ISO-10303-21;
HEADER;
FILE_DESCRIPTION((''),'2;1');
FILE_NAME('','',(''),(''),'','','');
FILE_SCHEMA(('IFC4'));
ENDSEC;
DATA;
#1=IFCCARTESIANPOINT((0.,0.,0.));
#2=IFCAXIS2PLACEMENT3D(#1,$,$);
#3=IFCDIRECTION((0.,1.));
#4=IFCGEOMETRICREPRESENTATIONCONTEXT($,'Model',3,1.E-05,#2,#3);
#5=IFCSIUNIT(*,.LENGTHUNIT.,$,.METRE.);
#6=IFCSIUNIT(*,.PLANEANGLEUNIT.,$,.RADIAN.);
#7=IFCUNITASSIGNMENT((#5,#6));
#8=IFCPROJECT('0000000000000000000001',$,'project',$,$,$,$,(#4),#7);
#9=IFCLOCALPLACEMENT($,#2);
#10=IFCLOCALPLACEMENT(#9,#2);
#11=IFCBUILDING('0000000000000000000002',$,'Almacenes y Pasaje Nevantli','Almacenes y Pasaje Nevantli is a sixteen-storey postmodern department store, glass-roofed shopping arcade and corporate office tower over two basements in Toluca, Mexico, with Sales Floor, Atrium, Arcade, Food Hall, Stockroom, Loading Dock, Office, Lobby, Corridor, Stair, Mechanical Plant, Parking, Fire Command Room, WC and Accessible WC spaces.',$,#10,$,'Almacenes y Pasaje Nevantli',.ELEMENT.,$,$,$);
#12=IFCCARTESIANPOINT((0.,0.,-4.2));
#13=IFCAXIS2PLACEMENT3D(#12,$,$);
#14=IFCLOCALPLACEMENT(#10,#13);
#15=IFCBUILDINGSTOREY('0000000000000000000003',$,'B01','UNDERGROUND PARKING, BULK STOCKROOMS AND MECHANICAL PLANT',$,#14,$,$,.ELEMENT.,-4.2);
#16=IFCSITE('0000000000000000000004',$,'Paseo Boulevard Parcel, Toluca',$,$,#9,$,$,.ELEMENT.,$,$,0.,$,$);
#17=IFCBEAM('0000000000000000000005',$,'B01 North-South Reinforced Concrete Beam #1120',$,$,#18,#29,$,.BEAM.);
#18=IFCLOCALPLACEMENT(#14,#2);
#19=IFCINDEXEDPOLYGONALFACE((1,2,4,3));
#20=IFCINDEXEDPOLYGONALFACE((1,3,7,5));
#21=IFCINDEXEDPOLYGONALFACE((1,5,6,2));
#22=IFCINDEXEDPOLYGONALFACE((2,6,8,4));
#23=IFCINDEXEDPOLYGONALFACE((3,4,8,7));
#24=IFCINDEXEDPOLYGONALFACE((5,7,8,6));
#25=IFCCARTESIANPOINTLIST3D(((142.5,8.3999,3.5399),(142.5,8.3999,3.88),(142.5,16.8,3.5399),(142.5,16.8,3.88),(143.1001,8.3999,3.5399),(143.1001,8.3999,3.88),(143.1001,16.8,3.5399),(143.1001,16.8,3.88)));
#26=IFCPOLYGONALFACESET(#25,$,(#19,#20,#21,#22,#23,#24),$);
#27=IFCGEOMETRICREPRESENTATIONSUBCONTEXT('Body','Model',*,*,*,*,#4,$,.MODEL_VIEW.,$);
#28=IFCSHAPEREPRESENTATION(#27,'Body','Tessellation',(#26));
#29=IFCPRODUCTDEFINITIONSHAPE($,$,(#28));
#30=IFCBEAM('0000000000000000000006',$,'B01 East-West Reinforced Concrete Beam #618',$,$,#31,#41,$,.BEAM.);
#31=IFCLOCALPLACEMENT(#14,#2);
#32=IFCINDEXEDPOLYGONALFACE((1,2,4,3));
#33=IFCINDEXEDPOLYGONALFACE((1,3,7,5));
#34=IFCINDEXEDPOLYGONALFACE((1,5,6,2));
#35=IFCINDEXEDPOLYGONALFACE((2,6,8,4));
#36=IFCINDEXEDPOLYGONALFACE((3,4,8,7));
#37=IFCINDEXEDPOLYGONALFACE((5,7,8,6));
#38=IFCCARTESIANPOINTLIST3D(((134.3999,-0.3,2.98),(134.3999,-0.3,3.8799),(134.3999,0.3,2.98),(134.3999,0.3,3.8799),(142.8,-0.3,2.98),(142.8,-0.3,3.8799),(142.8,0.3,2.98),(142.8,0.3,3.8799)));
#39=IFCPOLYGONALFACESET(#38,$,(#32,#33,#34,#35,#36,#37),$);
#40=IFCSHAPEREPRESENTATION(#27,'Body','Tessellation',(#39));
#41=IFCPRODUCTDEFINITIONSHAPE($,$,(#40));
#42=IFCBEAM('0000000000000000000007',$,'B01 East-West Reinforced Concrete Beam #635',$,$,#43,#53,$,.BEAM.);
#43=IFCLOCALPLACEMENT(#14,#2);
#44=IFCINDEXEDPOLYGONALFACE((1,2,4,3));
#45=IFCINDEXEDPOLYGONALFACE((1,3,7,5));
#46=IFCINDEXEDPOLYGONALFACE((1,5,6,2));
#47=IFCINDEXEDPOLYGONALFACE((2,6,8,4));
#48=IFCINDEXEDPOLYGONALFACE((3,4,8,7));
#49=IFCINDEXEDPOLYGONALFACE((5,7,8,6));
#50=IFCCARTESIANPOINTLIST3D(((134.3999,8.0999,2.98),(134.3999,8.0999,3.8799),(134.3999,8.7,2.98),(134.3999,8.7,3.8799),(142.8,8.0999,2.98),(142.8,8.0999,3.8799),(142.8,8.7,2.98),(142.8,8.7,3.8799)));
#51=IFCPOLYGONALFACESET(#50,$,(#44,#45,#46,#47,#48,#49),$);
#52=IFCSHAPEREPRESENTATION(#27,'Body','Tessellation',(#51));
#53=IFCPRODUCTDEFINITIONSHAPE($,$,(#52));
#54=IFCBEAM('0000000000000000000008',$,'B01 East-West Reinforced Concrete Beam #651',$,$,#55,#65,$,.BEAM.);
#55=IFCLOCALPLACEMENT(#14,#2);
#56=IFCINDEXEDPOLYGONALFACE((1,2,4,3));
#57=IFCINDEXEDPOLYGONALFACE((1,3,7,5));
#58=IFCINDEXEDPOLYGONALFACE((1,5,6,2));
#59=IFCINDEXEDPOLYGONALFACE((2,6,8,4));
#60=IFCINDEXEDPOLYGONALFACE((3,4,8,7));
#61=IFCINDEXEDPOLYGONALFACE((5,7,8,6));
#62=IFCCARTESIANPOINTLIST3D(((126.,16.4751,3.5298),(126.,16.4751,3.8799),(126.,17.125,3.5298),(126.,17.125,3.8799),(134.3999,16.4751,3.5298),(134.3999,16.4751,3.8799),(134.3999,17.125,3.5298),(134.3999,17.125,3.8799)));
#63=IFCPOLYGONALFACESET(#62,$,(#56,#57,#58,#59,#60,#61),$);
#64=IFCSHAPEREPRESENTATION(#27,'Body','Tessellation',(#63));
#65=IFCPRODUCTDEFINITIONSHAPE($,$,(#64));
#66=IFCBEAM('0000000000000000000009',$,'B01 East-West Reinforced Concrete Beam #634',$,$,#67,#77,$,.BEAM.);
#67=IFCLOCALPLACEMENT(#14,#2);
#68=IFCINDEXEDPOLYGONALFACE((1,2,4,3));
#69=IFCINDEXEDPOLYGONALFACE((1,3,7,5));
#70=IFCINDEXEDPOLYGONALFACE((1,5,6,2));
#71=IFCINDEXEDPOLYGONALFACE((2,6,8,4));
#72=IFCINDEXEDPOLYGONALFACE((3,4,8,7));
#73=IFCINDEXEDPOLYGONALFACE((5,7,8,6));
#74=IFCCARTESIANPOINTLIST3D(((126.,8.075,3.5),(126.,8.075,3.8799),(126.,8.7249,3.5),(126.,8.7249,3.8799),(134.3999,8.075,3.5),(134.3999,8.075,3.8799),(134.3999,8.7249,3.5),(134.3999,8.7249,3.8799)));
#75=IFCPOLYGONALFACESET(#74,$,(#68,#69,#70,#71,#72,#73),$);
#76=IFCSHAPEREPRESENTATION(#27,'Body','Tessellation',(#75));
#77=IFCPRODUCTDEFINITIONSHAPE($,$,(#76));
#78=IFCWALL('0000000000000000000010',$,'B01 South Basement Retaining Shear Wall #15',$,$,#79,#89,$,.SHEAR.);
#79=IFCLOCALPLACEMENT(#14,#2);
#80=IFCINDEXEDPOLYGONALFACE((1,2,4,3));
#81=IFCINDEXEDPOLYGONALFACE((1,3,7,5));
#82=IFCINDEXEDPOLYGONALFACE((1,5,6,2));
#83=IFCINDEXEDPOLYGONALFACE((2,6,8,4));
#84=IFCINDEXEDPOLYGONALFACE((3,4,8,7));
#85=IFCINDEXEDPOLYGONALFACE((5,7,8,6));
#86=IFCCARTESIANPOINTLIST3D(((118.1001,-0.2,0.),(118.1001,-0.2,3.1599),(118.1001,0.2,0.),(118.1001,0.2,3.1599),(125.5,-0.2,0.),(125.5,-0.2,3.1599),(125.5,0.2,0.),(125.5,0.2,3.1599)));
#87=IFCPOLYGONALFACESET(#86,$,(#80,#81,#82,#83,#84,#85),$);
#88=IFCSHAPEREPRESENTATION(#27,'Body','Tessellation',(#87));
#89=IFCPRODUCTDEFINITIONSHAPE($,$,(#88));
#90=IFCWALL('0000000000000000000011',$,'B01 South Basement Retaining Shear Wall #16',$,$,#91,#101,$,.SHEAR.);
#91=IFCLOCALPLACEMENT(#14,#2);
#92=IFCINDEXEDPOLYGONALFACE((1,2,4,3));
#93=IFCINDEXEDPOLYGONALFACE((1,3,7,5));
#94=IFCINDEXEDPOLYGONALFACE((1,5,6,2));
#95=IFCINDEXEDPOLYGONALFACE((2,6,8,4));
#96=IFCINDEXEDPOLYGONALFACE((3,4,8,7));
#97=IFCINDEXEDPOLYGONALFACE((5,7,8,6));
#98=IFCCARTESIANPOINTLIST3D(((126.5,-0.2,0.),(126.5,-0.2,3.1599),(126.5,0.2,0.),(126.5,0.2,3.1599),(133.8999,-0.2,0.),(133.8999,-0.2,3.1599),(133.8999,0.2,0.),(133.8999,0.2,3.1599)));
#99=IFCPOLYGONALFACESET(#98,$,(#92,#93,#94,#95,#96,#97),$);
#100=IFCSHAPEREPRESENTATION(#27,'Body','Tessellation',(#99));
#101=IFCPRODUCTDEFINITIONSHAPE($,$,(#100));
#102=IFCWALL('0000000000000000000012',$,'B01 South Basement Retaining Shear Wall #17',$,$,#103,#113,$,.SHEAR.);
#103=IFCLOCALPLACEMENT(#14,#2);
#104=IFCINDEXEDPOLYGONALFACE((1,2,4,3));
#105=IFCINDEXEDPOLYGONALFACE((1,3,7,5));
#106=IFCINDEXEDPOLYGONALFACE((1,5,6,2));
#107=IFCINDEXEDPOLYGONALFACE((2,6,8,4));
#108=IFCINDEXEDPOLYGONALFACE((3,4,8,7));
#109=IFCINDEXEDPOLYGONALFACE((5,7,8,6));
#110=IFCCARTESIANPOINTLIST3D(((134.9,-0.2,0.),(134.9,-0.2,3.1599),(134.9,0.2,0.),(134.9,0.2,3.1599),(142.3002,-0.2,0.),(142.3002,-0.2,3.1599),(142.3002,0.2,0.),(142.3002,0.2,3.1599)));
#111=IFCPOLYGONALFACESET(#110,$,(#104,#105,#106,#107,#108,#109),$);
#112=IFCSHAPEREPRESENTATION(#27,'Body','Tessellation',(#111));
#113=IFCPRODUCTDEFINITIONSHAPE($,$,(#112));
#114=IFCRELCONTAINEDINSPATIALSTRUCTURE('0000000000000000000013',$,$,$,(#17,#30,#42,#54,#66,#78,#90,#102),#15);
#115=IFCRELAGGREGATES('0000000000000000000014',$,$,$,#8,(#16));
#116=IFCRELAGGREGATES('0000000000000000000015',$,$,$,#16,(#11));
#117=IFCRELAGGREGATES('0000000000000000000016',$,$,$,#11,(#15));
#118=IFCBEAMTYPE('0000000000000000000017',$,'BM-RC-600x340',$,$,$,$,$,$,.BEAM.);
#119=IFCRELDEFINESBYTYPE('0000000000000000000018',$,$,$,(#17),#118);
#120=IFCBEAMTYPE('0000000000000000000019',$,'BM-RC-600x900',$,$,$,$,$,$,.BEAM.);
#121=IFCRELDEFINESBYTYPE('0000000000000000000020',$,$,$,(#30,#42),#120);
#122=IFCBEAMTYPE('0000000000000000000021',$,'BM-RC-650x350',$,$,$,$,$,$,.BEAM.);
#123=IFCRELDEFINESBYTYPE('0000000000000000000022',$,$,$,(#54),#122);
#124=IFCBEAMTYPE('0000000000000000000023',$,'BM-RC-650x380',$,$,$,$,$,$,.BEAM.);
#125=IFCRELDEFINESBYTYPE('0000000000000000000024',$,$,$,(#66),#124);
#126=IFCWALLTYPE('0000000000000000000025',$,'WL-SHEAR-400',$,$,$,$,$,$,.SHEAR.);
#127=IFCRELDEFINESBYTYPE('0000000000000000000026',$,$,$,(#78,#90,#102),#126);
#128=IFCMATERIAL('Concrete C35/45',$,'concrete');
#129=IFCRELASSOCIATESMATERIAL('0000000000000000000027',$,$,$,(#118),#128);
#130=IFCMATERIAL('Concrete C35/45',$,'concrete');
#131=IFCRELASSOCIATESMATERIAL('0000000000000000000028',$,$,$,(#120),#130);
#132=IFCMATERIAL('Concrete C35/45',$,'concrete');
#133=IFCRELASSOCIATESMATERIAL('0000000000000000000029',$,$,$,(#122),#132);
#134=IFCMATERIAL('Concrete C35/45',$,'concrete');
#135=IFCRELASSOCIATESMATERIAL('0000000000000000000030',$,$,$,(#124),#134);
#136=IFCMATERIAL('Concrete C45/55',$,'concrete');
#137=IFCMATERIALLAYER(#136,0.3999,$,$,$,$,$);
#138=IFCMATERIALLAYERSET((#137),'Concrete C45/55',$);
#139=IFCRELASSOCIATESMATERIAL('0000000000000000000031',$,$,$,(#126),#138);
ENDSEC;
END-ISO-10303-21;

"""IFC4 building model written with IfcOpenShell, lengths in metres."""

from ifc_helpers import new_model, si_unit, direction, frame, frame_2d, origin, origin_2d, place, context, subcontext, project, spatial, rectangle, extrude, material, layer, layer_set, material_profile, profile_set, type_object, element, save


model = new_model("IFC4")

# Units and contexts
model_context = context("Model", 3, precision=1e-05, world=origin(), true_north=direction((0.0, 1.0)))
body_context = subcontext(model_context, "Body", "Model", "MODEL_VIEW")
ifc_project = project(units=[si_unit("LENGTHUNIT", "METRE"), si_unit("PLANEANGLEUNIT", "RADIAN")], contexts=[model_context])

# Site, building, storey
site_placement = place(None, origin())
site = spatial("IfcSite", under=ifc_project, at=site_placement, Name="Paseo Boulevard Parcel, Toluca", CompositionType="ELEMENT", RefElevation=0.0)
building_placement = place(site_placement, origin())
building = spatial("IfcBuilding", under=site, at=building_placement, Name="Almacenes y Pasaje Nevantli", Description="Almacenes y Pasaje Nevantli is a sixteen-storey postmodern department store, glass-roofed shopping arcade and corporate office tower over two basements in Toluca, Mexico, with Sales Floor, Atrium, Arcade, Food Hall, Stockroom, Loading Dock, Office, Lobby, Corridor, Stair, Mechanical Plant, Parking, Fire Command Room, WC and Accessible WC spaces.", LongName="Almacenes y Pasaje Nevantli", CompositionType="ELEMENT")
storey_placement = place(building_placement, frame((0.0, 0.0, -4.2)))
storey = spatial("IfcBuildingStorey", under=building, at=storey_placement, Name="B01", Description="UNDERGROUND PARKING, BULK STOCKROOMS AND MECHANICAL PLANT", CompositionType="ELEMENT", Elevation=-4.2)

# Beams
ifc_material_1 = material(Name="Concrete C35/45", Category="concrete")
ifc_material_profile_1 = material_profile(ifc_material_1, rectangle(XDim=0.6001, YDim=0.3401, at=origin_2d()), Name="RC-BM-600x340")
ifc_profile_set_1 = profile_set([ifc_material_profile_1], Name="Concrete C35/45")
beam_type_1 = type_object("IfcBeamType", Name="BM-RC-600x340", PredefinedType="BEAM", material=ifc_profile_set_1)
beam_1_placement = place(storey_placement, frame((142.8, 8.3999, 3.71), z_axis=(0.0, 1.0, 0.0), x_axis=(-1.0, 0.0, 0.0)))
element("IfcBeam", 1, at=beam_1_placement, inside=storey, type_object=beam_type_1, Name="B01 North-South Reinforced Concrete Beam #1120", PredefinedType="BEAM", context=body_context, shape_type="SweptSolid", body=[
    extrude(rectangle(XDim=0.6001, YDim=0.3401, at=origin_2d()), origin(), (0.0, 0.0, 1.0), 8.4001),
])
ifc_material_2 = material(Name="Concrete C35/45", Category="concrete")
ifc_material_profile_2 = material_profile(ifc_material_2, rectangle(XDim=0.6001, YDim=0.8999, at=origin_2d()), Name="RC-BM-600x900")
ifc_profile_set_2 = profile_set([ifc_material_profile_2], Name="Concrete C35/45")
beam_type_2 = type_object("IfcBeamType", Name="BM-RC-600x900", PredefinedType="BEAM", material=ifc_profile_set_2)
for number, where, z_axis, x_axis, name in (
    (2, (134.3999, 0.0, 3.4299), (1.0, 0.0, 0.0), (0.0, 1.0, 0.0), "B01 East-West Reinforced Concrete Beam #618"),
    (3, (134.3999, 8.3999, 3.4299), (1.0, 0.0, 0.0), (0.0, 1.0, 0.0), "B01 East-West Reinforced Concrete Beam #635"),
):
    element("IfcBeam", number, at=place(storey_placement, frame(where, z_axis=z_axis, x_axis=x_axis)), inside=storey, type_object=beam_type_2, Name=name, PredefinedType="BEAM", context=body_context, shape_type="SweptSolid", body=[
        extrude(rectangle(XDim=0.6001, YDim=0.8999, at=origin_2d()), origin(), (0.0, 0.0, 1.0), 8.4001),
    ])
ifc_material_3 = material(Name="Concrete C35/45", Category="concrete")
ifc_material_profile_3 = material_profile(ifc_material_3, rectangle(XDim=0.6499, YDim=0.3501, at=origin_2d()), Name="RC-BM-650x350")
ifc_profile_set_3 = profile_set([ifc_material_profile_3], Name="Concrete C35/45")
beam_type_3 = type_object("IfcBeamType", Name="BM-RC-650x350", PredefinedType="BEAM", material=ifc_profile_set_3)
beam_2_placement = place(storey_placement, frame((126.0, 16.8, 3.7048), z_axis=(1.0, 0.0, 0.0), x_axis=(0.0, 1.0, 0.0)))
element("IfcBeam", 4, at=beam_2_placement, inside=storey, type_object=beam_type_3, Name="B01 East-West Reinforced Concrete Beam #651", PredefinedType="BEAM", context=body_context, shape_type="SweptSolid", body=[
    extrude(rectangle(XDim=0.6499, YDim=0.3501, at=origin_2d()), origin(), (0.0, 0.0, 1.0), 8.3999),
])
ifc_material_4 = material(Name="Concrete C35/45", Category="concrete")
ifc_material_profile_4 = material_profile(ifc_material_4, rectangle(XDim=0.6499, YDim=0.3799, at=origin_2d()), Name="RC-BM-650x380")
ifc_profile_set_4 = profile_set([ifc_material_profile_4], Name="Concrete C35/45")
beam_type_4 = type_object("IfcBeamType", Name="BM-RC-650x380", PredefinedType="BEAM", material=ifc_profile_set_4)
beam_3_placement = place(storey_placement, frame((126.0, 8.3999, 3.6899), z_axis=(1.0, 0.0, 0.0), x_axis=(0.0, 1.0, 0.0)))
element("IfcBeam", 5, at=beam_3_placement, inside=storey, type_object=beam_type_4, Name="B01 East-West Reinforced Concrete Beam #634", PredefinedType="BEAM", context=body_context, shape_type="SweptSolid", body=[
    extrude(rectangle(XDim=0.6499, YDim=0.3799, at=origin_2d()), origin(), (0.0, 0.0, 1.0), 8.3999),
])

# Walls
ifc_material_5 = material(Name="Concrete C45/55", Category="concrete")
ifc_layer = layer(ifc_material_5, 0.3999)
ifc_layer_set = layer_set([ifc_layer], Name="Concrete C45/55")
wall_type = type_object("IfcWallType", Name="WL-SHEAR-400", PredefinedType="SHEAR", material=ifc_layer_set)
for number, where, z_axis, x_axis, name in (
    (6, (118.1001, 0.0, 0.0), (0.0, 0.0, 1.0), (1.0, 0.0, 0.0), "B01 South Basement Retaining Shear Wall #15"),
    (7, (126.5, 0.0, 0.0), (0.0, 0.0, 1.0), (1.0, 0.0, 0.0), "B01 South Basement Retaining Shear Wall #16"),
):
    element("IfcWall", number, at=place(storey_placement, frame(where, z_axis=z_axis, x_axis=x_axis)), inside=storey, type_object=wall_type, Name=name, PredefinedType="SHEAR", context=body_context, shape_type="SweptSolid", body=[
        extrude(rectangle(XDim=7.3999, YDim=0.3999, at=frame_2d((3.7, 0.0))), origin(), (0.0, 0.0, 1.0), 3.1599),
    ])
wall_placement = place(storey_placement, frame((134.8999, 0.0, 0.0), z_axis=(0.0, 0.0, 1.0), x_axis=(1.0, 0.0, 0.0)))
element("IfcWall", 8, at=wall_placement, inside=storey, type_object=wall_type, Name="B01 South Basement Retaining Shear Wall #17", PredefinedType="SHEAR", context=body_context, shape_type="SweptSolid", body=[
    extrude(rectangle(XDim=7.4001, YDim=0.3999, at=frame_2d((3.7002, 0.0))), origin(), (0.0, 0.0, 1.0), 3.1599),
])

save(model, "model.ifc")
